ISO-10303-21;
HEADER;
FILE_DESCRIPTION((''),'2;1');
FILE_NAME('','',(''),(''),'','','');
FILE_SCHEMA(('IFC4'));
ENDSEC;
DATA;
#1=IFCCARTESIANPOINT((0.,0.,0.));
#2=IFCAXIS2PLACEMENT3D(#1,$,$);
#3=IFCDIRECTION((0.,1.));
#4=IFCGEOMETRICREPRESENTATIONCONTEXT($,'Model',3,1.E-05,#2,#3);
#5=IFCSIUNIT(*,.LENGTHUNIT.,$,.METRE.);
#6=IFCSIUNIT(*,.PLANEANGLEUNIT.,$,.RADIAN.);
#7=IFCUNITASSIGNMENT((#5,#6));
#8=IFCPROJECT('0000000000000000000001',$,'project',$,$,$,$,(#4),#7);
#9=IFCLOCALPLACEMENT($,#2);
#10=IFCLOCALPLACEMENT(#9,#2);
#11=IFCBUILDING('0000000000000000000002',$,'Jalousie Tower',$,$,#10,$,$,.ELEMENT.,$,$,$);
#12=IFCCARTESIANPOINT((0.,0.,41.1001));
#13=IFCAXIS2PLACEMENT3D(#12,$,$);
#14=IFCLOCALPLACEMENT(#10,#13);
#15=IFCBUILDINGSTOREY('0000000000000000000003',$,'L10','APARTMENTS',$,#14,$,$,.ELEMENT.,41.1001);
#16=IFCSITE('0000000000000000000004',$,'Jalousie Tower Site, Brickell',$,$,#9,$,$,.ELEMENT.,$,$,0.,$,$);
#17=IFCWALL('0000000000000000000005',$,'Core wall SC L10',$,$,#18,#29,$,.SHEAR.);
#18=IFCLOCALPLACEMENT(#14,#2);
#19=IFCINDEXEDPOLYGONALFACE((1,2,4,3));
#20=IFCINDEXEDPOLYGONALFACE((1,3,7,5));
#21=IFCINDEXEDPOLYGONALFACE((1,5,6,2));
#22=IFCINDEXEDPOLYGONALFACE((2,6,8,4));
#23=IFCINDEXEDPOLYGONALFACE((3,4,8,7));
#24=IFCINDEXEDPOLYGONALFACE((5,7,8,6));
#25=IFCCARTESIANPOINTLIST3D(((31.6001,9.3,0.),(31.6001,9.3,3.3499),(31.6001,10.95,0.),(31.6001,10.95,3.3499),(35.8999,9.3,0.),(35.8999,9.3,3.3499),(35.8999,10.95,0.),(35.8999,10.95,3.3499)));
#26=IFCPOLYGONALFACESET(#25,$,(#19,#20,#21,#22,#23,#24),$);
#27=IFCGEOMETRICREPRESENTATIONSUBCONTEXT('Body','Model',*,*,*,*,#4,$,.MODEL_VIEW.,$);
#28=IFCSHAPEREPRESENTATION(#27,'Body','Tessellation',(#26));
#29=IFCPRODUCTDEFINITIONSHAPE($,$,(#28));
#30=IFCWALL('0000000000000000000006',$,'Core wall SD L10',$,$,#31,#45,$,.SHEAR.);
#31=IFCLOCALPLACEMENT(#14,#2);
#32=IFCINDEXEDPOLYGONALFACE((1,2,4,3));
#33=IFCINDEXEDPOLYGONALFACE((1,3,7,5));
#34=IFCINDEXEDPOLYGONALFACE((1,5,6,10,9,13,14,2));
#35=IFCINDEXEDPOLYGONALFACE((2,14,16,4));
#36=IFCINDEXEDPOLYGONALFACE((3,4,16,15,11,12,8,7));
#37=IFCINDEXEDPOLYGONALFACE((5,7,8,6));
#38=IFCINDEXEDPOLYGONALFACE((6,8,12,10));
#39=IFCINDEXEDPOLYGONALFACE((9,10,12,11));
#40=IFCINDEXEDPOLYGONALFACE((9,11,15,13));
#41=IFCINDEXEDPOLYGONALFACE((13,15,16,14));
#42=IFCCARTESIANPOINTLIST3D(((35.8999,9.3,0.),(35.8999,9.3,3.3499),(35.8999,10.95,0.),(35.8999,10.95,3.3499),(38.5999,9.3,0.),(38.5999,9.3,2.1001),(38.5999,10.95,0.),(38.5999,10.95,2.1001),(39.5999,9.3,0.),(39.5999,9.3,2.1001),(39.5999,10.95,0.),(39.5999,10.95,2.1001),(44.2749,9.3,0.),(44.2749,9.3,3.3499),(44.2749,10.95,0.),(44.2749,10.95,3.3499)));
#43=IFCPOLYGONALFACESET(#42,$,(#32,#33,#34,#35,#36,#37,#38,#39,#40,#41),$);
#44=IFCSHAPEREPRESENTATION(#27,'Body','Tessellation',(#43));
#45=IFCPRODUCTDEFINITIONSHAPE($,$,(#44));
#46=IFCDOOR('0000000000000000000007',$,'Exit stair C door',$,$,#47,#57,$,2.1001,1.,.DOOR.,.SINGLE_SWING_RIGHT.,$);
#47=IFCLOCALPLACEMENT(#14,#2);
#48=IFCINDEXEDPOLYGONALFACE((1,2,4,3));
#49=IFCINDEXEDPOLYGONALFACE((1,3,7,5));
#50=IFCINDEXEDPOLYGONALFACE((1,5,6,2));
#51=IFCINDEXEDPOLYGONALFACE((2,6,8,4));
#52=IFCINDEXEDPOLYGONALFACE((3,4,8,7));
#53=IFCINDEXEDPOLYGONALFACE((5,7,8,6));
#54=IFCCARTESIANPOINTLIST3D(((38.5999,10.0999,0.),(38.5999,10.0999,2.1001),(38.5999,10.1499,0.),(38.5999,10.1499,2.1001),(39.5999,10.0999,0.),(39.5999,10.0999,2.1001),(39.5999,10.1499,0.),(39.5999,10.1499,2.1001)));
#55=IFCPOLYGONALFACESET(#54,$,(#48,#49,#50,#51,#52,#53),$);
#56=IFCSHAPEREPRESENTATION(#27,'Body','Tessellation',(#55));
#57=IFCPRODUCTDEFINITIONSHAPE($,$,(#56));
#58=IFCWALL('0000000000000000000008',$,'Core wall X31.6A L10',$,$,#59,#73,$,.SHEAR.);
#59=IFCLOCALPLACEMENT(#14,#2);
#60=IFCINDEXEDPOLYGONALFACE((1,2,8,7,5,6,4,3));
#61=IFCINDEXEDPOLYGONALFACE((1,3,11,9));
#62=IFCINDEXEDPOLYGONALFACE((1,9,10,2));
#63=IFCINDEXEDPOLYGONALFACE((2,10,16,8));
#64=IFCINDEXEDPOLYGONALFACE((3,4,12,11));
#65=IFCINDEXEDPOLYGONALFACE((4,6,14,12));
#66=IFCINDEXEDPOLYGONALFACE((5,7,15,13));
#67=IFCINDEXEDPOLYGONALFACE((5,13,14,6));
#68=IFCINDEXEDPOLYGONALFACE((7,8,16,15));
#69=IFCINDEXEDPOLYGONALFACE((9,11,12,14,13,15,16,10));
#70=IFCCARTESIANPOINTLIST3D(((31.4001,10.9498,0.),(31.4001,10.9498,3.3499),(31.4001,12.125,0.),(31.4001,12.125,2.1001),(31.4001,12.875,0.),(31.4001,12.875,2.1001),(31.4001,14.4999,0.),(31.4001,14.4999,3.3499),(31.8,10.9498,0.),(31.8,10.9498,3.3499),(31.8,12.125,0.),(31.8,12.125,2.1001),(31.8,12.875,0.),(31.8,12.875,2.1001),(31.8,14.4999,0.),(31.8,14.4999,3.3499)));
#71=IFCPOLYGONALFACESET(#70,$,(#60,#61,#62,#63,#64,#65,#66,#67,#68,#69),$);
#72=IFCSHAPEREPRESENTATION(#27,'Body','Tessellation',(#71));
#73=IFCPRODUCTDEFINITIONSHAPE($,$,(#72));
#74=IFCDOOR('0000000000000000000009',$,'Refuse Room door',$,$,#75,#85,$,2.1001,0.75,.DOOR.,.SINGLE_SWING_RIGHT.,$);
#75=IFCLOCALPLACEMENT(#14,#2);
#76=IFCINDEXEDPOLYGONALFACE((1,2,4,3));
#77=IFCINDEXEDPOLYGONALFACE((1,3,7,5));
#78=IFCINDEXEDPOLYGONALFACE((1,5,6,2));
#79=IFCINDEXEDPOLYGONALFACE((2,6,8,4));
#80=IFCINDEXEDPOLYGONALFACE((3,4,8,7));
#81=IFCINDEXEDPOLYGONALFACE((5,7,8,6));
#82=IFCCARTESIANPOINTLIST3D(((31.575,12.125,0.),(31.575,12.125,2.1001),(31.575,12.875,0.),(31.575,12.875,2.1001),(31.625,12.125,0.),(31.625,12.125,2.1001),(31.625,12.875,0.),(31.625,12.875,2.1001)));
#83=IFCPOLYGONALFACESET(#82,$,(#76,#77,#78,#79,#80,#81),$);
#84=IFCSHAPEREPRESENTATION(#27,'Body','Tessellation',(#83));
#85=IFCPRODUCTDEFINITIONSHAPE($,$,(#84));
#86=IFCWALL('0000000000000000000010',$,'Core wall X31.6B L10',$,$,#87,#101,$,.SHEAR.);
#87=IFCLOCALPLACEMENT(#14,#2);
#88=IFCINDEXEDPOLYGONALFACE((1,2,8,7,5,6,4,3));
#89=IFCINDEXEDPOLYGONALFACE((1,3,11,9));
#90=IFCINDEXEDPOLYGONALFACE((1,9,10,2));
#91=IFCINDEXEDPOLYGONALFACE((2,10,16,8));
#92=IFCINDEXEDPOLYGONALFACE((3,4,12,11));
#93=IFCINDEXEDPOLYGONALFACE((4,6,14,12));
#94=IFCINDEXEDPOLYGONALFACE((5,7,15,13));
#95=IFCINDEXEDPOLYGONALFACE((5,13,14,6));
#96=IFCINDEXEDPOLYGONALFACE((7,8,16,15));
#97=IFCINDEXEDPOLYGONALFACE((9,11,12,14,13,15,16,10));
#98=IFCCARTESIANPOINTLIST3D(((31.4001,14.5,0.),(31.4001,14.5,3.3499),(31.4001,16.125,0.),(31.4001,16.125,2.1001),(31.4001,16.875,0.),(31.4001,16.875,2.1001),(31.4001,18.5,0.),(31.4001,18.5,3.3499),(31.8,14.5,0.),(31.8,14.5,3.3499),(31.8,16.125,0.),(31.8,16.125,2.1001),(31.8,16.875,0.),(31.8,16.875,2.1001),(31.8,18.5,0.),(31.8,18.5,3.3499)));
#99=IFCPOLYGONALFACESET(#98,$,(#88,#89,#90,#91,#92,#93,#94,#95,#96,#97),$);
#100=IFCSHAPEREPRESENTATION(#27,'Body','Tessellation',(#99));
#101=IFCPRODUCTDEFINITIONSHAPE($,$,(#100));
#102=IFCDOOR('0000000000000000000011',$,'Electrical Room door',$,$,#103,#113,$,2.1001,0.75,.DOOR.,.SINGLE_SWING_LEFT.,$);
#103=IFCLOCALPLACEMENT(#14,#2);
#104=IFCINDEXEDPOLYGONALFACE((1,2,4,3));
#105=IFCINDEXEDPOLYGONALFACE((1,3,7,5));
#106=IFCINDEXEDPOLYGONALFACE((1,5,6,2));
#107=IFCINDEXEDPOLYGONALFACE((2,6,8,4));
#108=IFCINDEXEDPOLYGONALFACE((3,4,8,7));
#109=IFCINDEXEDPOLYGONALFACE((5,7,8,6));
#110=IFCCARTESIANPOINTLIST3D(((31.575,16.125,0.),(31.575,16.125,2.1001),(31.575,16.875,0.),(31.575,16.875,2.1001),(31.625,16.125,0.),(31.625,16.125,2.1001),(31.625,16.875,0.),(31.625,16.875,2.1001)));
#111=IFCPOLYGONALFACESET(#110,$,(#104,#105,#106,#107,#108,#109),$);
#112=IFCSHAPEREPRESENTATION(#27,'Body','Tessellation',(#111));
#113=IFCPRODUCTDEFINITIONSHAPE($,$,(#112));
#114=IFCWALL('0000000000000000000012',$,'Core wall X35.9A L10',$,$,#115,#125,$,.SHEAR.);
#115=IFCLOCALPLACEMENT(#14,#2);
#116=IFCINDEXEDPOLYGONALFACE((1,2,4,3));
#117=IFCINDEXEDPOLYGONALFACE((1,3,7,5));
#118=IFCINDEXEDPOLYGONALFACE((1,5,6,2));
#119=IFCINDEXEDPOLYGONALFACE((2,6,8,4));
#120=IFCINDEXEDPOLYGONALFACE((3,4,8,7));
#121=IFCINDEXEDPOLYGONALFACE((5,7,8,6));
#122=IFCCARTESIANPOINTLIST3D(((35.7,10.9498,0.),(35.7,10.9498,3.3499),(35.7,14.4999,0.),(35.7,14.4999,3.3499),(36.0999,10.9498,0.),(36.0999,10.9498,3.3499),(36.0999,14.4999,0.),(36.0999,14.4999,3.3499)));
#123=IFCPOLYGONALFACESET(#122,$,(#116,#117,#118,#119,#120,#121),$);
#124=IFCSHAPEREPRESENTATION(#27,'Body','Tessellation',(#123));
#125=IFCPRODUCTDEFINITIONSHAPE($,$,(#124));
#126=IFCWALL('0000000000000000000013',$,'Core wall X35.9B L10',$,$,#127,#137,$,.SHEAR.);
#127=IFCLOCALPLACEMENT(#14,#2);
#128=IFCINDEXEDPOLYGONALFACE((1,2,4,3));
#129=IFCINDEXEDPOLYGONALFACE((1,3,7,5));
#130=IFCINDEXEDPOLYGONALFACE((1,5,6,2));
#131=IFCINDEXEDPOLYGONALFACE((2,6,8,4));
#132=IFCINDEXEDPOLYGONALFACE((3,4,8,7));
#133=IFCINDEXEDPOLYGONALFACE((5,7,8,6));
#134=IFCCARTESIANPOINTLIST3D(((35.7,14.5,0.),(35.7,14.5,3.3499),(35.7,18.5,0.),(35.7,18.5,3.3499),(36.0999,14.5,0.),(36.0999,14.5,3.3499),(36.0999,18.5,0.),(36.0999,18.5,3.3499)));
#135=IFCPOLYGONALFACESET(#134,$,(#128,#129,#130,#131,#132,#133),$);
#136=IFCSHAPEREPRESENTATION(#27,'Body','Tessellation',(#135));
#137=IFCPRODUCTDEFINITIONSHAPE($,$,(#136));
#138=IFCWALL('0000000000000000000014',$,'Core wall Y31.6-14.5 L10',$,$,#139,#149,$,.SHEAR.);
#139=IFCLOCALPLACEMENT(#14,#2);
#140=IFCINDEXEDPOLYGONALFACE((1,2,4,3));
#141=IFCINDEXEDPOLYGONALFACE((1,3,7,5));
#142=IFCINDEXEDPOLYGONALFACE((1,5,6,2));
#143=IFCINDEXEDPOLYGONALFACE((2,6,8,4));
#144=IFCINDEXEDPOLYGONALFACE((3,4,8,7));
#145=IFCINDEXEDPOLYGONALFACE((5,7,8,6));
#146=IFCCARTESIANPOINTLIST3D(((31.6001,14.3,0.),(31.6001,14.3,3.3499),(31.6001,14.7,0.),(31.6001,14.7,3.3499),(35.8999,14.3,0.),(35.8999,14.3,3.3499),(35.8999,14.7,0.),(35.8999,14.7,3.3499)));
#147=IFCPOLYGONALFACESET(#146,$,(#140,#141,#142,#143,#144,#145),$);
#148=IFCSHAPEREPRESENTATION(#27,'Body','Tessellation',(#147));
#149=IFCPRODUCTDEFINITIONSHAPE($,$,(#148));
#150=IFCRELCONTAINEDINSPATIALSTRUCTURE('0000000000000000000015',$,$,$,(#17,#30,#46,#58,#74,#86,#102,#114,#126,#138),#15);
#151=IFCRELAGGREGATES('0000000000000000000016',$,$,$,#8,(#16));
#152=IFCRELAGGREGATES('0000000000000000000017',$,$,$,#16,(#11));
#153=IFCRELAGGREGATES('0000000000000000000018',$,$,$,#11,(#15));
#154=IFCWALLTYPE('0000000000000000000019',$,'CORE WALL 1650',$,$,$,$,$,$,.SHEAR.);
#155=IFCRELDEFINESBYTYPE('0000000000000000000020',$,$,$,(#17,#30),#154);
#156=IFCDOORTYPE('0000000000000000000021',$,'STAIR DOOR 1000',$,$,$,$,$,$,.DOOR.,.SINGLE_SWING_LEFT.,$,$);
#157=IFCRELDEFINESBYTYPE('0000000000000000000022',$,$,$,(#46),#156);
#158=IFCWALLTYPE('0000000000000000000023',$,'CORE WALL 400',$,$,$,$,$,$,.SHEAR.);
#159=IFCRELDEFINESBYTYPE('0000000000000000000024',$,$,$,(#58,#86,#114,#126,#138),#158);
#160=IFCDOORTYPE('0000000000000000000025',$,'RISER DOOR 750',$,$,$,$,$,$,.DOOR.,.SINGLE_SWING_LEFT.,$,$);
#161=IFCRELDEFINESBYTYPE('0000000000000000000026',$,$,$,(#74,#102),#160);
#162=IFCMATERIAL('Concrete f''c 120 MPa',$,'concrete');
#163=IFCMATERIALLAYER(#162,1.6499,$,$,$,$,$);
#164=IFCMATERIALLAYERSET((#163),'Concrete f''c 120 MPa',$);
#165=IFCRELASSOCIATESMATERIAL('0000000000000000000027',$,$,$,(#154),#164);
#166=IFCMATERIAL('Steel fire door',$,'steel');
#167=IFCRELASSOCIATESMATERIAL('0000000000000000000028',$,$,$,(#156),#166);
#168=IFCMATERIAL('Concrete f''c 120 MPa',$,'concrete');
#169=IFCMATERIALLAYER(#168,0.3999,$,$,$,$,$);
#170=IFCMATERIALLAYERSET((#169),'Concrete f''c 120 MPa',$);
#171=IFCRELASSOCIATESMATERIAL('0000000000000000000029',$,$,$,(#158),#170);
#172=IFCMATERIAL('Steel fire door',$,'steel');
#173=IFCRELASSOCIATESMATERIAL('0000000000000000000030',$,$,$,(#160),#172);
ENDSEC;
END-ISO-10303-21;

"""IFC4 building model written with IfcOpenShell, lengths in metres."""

from ifc_helpers import new_model, si_unit, direction, frame, frame_2d, origin, place, context, subcontext, project, spatial, rectangle, extrude, material, layer, layer_set, type_object, element, fill, save


model = new_model("IFC4")

# Units and contexts
model_context = context("Model", 3, precision=1e-05, world=origin(), true_north=direction((0.0, 1.0)))
body_context = subcontext(model_context, "Body", "Model", "MODEL_VIEW")
ifc_project = project(units=[si_unit("LENGTHUNIT", "METRE"), si_unit("PLANEANGLEUNIT", "RADIAN")], contexts=[model_context])

# Site, building, storey
site_placement = place(None, origin())
site = spatial("IfcSite", under=ifc_project, at=site_placement, Name="Jalousie Tower Site, Brickell", CompositionType="ELEMENT", RefElevation=0.0)
building_placement = place(site_placement, origin())
building = spatial("IfcBuilding", under=site, at=building_placement, Name="Jalousie Tower", CompositionType="ELEMENT")
storey_placement = place(building_placement, frame((0.0, 0.0, 41.1001)))
storey = spatial("IfcBuildingStorey", under=building, at=storey_placement, Name="L10", Description="APARTMENTS", CompositionType="ELEMENT", Elevation=41.1001)

# Wall
ifc_material_1 = material(Name="Concrete f'c 120 MPa", Category="concrete")
ifc_layer_1 = layer(ifc_material_1, 1.6499)
ifc_layer_set_1 = layer_set([ifc_layer_1], Name="Concrete f'c 120 MPa")
wall_type_1 = type_object("IfcWallType", Name="CORE WALL 1650", PredefinedType="SHEAR", material=ifc_layer_set_1)
wall_1_placement = place(storey_placement, frame((31.6001, 10.125, 0.0), z_axis=(0.0, 0.0, 1.0), x_axis=(1.0, 0.0, 0.0)))
element("IfcWall", 1, at=wall_1_placement, inside=storey, type_object=wall_type_1, Name="Core wall SC L10", PredefinedType="SHEAR", context=body_context, shape_type="SweptSolid", body=[
    extrude(rectangle(XDim=4.2998, YDim=1.6499, at=frame_2d((2.1499, 0.0))), origin(), (0.0, 0.0, 1.0), 3.3499),
])

# Walls, openings, doors
wall_2_placement = place(storey_placement, frame((35.8999, 10.125, 0.0), z_axis=(0.0, 0.0, 1.0), x_axis=(1.0, 0.0, 0.0)))
wall_2 = element("IfcWall", 2, at=wall_2_placement, inside=storey, type_object=wall_type_1, Name="Core wall SD L10", PredefinedType="SHEAR", context=body_context, shape_type="SweptSolid", body=[
    extrude(rectangle(XDim=8.375, YDim=1.6499, at=frame_2d((4.1875, 0.0))), origin(), (0.0, 0.0, 1.0), 3.3499),
])
opening_1_placement = place(wall_2_placement, frame((2.7, 0.0, 0.0)))
opening_1 = element("IfcOpeningElement", 3, at=opening_1_placement, cuts=wall_2, PredefinedType="OPENING", context=body_context, shape_type="SweptSolid", body=[
    extrude(rectangle(XDim=1.0, YDim=2.1001, at=frame_2d((0.5, 1.05))), frame((0.0, 0.835, 0.0), z_axis=(0.0, -1.0, 0.0), x_axis=(1.0, 0.0, 0.0)), (0.0, 0.0, 1.0), 1.6699),
])
ifc_material_2 = material(Name="Steel fire door", Category="steel")
door_type_1 = type_object("IfcDoorType", Name="STAIR DOOR 1000", OperationType="SINGLE_SWING_LEFT", PredefinedType="DOOR", material=ifc_material_2)
door_1_placement = place(opening_1_placement, origin())
door_1 = element("IfcDoor", 4, at=door_1_placement, inside=storey, type_object=door_type_1, Name="Exit stair C door", OperationType="SINGLE_SWING_RIGHT", OverallHeight=2.1001, OverallWidth=1.0, PredefinedType="DOOR", context=body_context, shape_type="SweptSolid", body=[
    extrude(rectangle(XDim=1.0, YDim=2.1001, at=frame_2d((0.5, 1.05))), frame((0.0, 0.0249, 0.0), z_axis=(0.0, -1.0, 0.0), x_axis=(1.0, 0.0, 0.0)), (0.0, 0.0, 1.0), 0.05),
])
fill(opening_1, door_1)
ifc_material_3 = material(Name="Concrete f'c 120 MPa", Category="concrete")
ifc_layer_2 = layer(ifc_material_3, 0.3999)
ifc_layer_set_2 = layer_set([ifc_layer_2], Name="Concrete f'c 120 MPa")
wall_type_2 = type_object("IfcWallType", Name="CORE WALL 400", PredefinedType="SHEAR", material=ifc_layer_set_2)
wall_3_placement = place(storey_placement, frame((31.6001, 10.95, 0.0), z_axis=(0.0, 0.0, 1.0), x_axis=(0.0, 1.0, 0.0)))
wall_3 = element("IfcWall", 5, at=wall_3_placement, inside=storey, type_object=wall_type_2, Name="Core wall X31.6A L10", PredefinedType="SHEAR", context=body_context, shape_type="SweptSolid", body=[
    extrude(rectangle(XDim=3.55, YDim=0.3999, at=frame_2d((1.7749, 0.0))), origin(), (0.0, 0.0, 1.0), 3.3499),
])
opening_2_placement = place(wall_3_placement, frame((1.175, 0.0, 0.0)))
opening_2 = element("IfcOpeningElement", 6, at=opening_2_placement, cuts=wall_3, PredefinedType="OPENING", context=body_context, shape_type="SweptSolid", body=[
    extrude(rectangle(XDim=0.75, YDim=2.1001, at=frame_2d((0.375, 1.05))), frame((0.0, 0.21, 0.0), z_axis=(0.0, -1.0, 0.0), x_axis=(1.0, 0.0, 0.0)), (0.0, 0.0, 1.0), 0.4199),
])
ifc_material_4 = material(Name="Steel fire door", Category="steel")
door_type_2 = type_object("IfcDoorType", Name="RISER DOOR 750", OperationType="SINGLE_SWING_LEFT", PredefinedType="DOOR", material=ifc_material_4)
door_2_placement = place(opening_2_placement, frame((0.75, 0.0, 0.0), z_axis=(0.0, 0.0, 1.0), x_axis=(-1.0, 0.0, 0.0)))
door_2 = element("IfcDoor", 7, at=door_2_placement, inside=storey, type_object=door_type_2, Name="Refuse Room door", OperationType="SINGLE_SWING_RIGHT", OverallHeight=2.1001, OverallWidth=0.75, PredefinedType="DOOR", context=body_context, shape_type="SweptSolid", body=[
    extrude(rectangle(XDim=0.75, YDim=2.1001, at=frame_2d((0.375, 1.05))), frame((0.0, 0.0249, 0.0), z_axis=(0.0, -1.0, 0.0), x_axis=(1.0, 0.0, 0.0)), (0.0, 0.0, 1.0), 0.05),
])
fill(opening_2, door_2)
wall_4_placement = place(storey_placement, frame((31.6001, 14.5, 0.0), z_axis=(0.0, 0.0, 1.0), x_axis=(0.0, 1.0, 0.0)))
wall_4 = element("IfcWall", 8, at=wall_4_placement, inside=storey, type_object=wall_type_2, Name="Core wall X31.6B L10", PredefinedType="SHEAR", context=body_context, shape_type="SweptSolid", body=[
    extrude(rectangle(XDim=4.0, YDim=0.3999, at=frame_2d((2.0, 0.0))), origin(), (0.0, 0.0, 1.0), 3.3499),
])
opening_3_placement = place(wall_4_placement, frame((1.625, 0.0, 0.0)))
opening_3 = element("IfcOpeningElement", 9, at=opening_3_placement, cuts=wall_4, PredefinedType="OPENING", context=body_context, shape_type="SweptSolid", body=[
    extrude(rectangle(XDim=0.75, YDim=2.1001, at=frame_2d((0.375, 1.05))), frame((0.0, 0.21, 0.0), z_axis=(0.0, -1.0, 0.0), x_axis=(1.0, 0.0, 0.0)), (0.0, 0.0, 1.0), 0.4199),
])
door_3_placement = place(opening_3_placement, frame((0.75, 0.0, 0.0), z_axis=(0.0, 0.0, 1.0), x_axis=(-1.0, 0.0, 0.0)))
door_3 = element("IfcDoor", 10, at=door_3_placement, inside=storey, type_object=door_type_2, Name="Electrical Room door", OperationType="SINGLE_SWING_LEFT", OverallHeight=2.1001, OverallWidth=0.75, PredefinedType="DOOR", context=body_context, shape_type="SweptSolid", body=[
    extrude(rectangle(XDim=0.75, YDim=2.1001, at=frame_2d((0.375, 1.05))), frame((0.0, 0.0249, 0.0), z_axis=(0.0, -1.0, 0.0), x_axis=(1.0, 0.0, 0.0)), (0.0, 0.0, 1.0), 0.05),
])
fill(opening_3, door_3)

# Walls
wall_5_placement = place(storey_placement, frame((35.8999, 10.95, 0.0), z_axis=(0.0, 0.0, 1.0), x_axis=(0.0, 1.0, 0.0)))
element("IfcWall", 11, at=wall_5_placement, inside=storey, type_object=wall_type_2, Name="Core wall X35.9A L10", PredefinedType="SHEAR", context=body_context, shape_type="SweptSolid", body=[
    extrude(rectangle(XDim=3.55, YDim=0.3999, at=frame_2d((1.7749, 0.0))), origin(), (0.0, 0.0, 1.0), 3.3499),
])
wall_6_placement = place(storey_placement, frame((35.8999, 14.5, 0.0), z_axis=(0.0, 0.0, 1.0), x_axis=(0.0, 1.0, 0.0)))
element("IfcWall", 12, at=wall_6_placement, inside=storey, type_object=wall_type_2, Name="Core wall X35.9B L10", PredefinedType="SHEAR", context=body_context, shape_type="SweptSolid", body=[
    extrude(rectangle(XDim=4.0, YDim=0.3999, at=frame_2d((2.0, 0.0))), origin(), (0.0, 0.0, 1.0), 3.3499),
])
wall_7_placement = place(storey_placement, frame((31.6001, 14.5, 0.0), z_axis=(0.0, 0.0, 1.0), x_axis=(1.0, 0.0, 0.0)))
element("IfcWall", 13, at=wall_7_placement, inside=storey, type_object=wall_type_2, Name="Core wall Y31.6-14.5 L10", PredefinedType="SHEAR", context=body_context, shape_type="SweptSolid", body=[
    extrude(rectangle(XDim=4.2998, YDim=0.3999, at=frame_2d((2.1499, 0.0))), origin(), (0.0, 0.0, 1.0), 3.3499),
])

save(model, "model.ifc")
